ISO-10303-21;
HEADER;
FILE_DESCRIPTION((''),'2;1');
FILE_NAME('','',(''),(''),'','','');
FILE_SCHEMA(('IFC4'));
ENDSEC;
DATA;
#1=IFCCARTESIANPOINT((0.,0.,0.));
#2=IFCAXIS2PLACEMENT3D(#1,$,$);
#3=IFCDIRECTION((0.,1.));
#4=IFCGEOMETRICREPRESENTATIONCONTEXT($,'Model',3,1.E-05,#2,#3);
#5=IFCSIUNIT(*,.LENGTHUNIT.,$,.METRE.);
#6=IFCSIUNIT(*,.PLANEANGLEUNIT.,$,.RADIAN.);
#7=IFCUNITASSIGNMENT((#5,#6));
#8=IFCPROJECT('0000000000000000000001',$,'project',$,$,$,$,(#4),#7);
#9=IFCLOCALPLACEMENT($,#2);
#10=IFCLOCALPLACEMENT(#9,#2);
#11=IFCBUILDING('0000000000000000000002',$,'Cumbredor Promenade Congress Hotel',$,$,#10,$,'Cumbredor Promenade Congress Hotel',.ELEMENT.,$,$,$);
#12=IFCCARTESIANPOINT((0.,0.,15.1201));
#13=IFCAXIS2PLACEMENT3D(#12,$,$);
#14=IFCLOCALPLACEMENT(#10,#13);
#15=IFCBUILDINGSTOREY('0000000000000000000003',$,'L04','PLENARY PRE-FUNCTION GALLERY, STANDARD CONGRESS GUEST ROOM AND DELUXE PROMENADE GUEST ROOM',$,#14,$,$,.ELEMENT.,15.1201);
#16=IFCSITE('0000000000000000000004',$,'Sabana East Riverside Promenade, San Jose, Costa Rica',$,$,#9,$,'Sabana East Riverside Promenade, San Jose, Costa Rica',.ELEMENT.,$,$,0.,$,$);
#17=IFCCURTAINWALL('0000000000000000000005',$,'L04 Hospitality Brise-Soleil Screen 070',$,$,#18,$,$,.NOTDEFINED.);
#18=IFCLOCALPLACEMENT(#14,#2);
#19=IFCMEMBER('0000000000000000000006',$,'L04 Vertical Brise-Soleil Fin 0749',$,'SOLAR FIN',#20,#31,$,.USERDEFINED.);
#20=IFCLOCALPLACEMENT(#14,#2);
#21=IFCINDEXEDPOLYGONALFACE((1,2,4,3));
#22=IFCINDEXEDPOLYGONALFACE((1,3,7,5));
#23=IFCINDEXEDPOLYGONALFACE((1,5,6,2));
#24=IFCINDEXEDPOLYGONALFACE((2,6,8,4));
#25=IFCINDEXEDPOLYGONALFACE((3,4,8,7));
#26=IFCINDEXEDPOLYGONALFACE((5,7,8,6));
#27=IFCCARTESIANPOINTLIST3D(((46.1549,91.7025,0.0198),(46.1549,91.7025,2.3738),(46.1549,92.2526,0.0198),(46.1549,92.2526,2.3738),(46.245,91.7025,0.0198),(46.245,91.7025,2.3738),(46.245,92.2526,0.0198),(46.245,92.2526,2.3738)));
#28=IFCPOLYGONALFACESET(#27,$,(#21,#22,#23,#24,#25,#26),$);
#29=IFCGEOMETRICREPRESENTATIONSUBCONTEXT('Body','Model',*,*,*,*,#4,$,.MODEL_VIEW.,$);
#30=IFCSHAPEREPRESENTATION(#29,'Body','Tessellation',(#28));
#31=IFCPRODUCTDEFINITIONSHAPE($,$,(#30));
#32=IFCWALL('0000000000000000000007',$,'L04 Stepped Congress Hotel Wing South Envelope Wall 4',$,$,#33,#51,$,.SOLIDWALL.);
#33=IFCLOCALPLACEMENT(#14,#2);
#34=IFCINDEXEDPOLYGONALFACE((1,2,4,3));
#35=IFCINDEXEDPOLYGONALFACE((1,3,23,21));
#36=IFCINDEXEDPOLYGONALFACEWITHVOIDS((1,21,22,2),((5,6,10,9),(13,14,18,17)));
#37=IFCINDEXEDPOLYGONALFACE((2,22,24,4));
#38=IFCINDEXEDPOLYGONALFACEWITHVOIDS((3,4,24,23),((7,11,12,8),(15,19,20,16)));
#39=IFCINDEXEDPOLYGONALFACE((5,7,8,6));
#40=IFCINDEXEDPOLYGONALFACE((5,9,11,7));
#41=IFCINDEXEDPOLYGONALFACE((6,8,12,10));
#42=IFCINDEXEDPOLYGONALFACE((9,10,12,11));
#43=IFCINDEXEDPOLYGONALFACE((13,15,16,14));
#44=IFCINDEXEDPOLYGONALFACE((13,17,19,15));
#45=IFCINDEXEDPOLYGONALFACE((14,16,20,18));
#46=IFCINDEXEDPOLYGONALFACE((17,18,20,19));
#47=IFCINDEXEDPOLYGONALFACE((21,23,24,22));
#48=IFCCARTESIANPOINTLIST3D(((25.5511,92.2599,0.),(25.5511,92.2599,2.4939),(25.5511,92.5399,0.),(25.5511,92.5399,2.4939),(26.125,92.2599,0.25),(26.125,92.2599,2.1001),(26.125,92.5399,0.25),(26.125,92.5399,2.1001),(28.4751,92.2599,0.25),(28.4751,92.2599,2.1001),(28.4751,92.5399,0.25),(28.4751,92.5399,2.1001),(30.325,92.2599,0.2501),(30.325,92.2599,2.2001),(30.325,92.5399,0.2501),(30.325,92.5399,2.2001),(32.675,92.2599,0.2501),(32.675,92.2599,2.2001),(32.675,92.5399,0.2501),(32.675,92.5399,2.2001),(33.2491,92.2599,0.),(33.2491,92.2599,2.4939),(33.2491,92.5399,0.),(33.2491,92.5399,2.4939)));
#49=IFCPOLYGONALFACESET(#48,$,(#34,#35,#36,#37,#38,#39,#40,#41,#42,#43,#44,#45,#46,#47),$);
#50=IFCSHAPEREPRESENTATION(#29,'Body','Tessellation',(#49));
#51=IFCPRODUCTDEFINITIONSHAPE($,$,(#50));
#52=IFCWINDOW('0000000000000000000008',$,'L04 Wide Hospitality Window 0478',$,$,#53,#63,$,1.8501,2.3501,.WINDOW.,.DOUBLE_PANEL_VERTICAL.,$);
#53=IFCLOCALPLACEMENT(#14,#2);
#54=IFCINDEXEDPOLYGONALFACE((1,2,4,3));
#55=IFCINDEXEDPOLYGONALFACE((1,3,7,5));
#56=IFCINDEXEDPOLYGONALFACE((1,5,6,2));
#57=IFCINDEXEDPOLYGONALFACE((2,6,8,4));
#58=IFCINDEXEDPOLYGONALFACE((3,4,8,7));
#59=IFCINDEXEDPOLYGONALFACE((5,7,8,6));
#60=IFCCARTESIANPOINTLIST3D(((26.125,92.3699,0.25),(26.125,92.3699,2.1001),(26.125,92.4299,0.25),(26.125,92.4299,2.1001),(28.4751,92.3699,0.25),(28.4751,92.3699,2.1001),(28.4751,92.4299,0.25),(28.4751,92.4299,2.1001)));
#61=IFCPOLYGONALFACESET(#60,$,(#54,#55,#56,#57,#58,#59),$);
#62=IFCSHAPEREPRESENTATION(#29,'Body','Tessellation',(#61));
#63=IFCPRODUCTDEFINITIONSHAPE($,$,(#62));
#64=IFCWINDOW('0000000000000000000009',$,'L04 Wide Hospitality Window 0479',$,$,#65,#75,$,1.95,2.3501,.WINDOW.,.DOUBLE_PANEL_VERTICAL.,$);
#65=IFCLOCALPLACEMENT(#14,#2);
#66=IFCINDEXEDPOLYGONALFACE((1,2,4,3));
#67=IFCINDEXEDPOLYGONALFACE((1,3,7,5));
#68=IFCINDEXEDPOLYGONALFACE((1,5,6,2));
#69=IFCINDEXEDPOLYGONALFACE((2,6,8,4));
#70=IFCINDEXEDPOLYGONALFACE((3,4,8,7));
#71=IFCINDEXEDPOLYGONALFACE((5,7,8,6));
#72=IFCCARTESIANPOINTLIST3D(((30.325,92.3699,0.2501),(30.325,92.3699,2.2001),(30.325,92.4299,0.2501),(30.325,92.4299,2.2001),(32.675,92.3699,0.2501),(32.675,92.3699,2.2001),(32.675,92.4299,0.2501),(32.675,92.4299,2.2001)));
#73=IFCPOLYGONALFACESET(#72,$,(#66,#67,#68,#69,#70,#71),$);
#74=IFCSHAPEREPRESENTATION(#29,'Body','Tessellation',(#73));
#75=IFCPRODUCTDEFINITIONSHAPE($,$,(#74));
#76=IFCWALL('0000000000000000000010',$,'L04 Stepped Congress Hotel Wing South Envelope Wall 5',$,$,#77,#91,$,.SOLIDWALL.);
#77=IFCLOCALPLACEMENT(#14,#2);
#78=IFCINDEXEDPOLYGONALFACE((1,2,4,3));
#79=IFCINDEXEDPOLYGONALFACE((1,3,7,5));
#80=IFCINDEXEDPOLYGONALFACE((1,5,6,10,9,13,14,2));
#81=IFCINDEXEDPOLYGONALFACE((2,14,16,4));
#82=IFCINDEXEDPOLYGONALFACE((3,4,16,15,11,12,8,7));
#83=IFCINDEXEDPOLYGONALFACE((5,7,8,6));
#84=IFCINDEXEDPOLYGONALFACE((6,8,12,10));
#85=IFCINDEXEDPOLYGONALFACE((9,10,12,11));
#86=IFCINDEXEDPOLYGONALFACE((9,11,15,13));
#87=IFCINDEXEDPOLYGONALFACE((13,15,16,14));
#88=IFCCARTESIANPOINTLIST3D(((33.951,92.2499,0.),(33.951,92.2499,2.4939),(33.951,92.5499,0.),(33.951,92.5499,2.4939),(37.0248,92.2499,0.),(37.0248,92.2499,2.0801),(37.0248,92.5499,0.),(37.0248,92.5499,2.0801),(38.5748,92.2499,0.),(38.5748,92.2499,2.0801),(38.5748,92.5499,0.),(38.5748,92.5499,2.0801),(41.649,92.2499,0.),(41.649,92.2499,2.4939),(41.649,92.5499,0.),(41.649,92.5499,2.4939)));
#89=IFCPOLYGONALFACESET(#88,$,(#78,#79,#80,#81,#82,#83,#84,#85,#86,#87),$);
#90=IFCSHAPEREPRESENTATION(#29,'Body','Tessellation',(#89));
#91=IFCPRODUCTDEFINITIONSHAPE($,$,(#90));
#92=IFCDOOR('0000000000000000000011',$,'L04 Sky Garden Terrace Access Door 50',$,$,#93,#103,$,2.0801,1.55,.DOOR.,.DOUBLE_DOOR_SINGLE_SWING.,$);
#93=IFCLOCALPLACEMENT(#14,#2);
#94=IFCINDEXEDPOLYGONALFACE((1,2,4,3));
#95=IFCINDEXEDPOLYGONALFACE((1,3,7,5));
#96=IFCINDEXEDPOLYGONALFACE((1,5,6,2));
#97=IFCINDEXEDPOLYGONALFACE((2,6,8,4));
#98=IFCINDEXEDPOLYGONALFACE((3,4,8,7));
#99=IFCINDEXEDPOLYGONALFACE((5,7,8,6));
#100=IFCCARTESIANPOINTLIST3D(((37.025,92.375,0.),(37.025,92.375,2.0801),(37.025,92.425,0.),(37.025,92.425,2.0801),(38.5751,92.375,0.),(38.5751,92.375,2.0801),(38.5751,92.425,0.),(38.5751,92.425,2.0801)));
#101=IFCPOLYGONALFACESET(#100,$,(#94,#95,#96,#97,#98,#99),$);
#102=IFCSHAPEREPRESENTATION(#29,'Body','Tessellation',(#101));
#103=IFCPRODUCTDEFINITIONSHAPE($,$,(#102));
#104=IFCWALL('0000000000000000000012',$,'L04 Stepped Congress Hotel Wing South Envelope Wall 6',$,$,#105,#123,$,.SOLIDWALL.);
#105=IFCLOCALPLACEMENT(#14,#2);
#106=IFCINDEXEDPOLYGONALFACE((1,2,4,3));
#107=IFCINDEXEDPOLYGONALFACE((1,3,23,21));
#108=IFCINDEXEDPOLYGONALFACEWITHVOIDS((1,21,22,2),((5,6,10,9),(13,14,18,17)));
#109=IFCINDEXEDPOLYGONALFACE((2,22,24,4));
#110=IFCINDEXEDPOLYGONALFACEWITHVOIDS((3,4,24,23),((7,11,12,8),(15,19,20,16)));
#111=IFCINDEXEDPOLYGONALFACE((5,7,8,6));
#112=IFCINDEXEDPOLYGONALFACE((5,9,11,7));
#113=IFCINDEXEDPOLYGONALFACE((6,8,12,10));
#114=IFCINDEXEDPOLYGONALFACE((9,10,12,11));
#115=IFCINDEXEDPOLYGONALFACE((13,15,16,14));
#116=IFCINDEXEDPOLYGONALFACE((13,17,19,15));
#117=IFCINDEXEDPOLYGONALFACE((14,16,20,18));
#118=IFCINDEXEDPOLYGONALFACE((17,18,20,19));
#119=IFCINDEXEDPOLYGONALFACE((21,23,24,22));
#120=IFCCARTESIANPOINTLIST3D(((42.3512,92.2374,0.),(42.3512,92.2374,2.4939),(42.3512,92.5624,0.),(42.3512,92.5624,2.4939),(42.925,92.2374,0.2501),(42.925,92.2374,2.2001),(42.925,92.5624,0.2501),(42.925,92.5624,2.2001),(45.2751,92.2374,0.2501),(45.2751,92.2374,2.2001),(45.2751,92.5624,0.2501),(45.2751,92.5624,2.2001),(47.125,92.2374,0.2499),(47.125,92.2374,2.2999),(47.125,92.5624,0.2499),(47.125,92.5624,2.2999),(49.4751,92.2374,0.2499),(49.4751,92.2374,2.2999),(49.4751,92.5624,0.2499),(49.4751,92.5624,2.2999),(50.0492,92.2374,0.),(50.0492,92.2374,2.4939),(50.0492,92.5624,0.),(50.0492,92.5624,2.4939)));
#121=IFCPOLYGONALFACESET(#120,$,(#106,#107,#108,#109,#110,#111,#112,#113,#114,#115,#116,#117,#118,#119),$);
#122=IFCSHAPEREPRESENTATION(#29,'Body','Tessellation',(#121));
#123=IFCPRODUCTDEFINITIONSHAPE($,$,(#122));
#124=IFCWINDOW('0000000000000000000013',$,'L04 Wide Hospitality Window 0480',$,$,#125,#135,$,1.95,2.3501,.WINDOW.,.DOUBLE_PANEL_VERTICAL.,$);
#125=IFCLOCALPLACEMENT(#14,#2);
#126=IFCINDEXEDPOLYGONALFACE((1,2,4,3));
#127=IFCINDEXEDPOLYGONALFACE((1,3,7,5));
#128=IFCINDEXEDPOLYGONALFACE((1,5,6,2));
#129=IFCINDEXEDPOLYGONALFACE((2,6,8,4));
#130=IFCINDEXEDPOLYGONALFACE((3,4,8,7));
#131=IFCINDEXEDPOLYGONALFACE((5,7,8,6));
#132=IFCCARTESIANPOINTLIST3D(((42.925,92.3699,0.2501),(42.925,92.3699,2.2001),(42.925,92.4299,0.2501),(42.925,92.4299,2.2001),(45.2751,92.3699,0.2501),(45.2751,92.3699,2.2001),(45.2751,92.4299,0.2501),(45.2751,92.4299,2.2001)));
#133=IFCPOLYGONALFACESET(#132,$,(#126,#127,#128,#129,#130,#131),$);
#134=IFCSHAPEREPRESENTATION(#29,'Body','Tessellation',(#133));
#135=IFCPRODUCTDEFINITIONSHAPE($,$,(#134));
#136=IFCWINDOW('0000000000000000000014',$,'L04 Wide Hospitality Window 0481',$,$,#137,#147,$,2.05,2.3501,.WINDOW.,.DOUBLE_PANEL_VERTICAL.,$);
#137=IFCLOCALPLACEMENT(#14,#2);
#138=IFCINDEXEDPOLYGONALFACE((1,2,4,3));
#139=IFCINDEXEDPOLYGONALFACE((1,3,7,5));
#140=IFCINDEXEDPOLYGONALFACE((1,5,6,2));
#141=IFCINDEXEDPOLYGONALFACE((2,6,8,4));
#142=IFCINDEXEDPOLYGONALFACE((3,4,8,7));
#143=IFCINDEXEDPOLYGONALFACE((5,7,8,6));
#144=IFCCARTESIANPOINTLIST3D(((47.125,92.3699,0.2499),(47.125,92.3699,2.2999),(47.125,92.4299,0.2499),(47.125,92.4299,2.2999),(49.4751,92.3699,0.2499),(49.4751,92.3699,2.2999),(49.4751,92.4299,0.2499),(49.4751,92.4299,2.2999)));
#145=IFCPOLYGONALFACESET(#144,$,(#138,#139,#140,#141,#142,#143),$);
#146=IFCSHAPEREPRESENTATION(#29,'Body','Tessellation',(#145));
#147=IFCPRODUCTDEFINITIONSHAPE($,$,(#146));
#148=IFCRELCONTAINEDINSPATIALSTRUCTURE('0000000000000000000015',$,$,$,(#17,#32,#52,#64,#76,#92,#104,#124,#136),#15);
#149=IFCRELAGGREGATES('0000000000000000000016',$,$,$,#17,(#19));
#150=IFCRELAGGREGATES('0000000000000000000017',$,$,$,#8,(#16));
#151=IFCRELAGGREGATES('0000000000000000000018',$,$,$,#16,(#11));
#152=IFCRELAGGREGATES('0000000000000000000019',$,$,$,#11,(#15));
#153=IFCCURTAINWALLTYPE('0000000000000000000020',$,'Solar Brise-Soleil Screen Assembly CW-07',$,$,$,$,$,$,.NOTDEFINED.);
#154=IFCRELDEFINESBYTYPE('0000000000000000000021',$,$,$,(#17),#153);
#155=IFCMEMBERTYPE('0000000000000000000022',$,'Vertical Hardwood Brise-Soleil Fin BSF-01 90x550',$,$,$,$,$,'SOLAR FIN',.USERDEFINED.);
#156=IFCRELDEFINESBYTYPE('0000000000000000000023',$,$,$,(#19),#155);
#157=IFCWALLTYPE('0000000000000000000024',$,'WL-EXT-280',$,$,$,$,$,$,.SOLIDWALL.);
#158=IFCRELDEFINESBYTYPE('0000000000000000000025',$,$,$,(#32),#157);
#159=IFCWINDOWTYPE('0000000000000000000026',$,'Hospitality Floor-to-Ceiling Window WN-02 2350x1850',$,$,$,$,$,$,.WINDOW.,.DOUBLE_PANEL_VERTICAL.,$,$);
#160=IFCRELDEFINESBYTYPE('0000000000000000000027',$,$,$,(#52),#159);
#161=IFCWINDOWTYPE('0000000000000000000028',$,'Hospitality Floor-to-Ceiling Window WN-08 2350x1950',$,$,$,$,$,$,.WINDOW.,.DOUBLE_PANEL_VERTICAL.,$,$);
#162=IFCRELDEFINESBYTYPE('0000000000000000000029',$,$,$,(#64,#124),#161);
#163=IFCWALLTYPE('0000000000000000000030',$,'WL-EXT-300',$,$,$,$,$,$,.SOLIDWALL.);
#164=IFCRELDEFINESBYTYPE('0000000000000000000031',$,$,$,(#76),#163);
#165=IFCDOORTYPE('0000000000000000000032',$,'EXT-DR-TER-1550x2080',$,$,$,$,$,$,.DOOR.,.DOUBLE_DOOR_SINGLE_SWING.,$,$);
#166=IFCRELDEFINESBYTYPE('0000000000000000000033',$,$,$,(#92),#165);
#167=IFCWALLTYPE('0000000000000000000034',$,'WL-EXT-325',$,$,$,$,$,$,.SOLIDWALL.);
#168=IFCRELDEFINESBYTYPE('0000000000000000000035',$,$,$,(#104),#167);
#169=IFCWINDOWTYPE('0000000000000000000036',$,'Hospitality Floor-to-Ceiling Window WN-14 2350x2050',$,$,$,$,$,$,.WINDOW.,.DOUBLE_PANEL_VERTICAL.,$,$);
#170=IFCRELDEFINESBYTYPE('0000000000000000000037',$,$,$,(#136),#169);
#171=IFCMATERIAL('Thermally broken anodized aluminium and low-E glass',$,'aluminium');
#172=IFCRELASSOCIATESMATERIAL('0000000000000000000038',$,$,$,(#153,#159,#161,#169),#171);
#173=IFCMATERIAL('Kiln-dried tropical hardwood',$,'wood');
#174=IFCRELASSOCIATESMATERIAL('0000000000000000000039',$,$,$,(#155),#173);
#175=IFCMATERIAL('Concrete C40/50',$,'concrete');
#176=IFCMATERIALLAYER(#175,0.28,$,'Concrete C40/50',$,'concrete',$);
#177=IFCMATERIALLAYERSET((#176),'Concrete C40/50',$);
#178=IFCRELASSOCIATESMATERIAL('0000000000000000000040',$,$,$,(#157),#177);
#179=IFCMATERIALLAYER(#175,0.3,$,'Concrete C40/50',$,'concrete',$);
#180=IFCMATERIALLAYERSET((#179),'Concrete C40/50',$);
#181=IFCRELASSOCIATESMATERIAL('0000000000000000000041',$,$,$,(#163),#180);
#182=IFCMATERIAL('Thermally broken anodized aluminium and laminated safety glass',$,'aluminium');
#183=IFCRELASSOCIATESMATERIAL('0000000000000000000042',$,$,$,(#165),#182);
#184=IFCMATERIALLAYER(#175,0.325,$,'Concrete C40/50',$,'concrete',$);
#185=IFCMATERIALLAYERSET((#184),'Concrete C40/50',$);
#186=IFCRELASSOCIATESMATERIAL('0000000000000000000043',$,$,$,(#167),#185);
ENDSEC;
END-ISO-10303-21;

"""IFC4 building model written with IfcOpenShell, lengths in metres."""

from ifc_helpers import new_model, si_unit, direction, frame, frame_2d, origin, origin_2d, place, context, subcontext, project, spatial, rectangle, extrude, material, layer, layer_set, material_profile, profile_set, type_object, element, fill, aggregate, save


model = new_model("IFC4")

# Units and contexts
model_context = context("Model", 3, precision=1e-05, world=origin(), true_north=direction((0.0, 1.0)))
body_context = subcontext(model_context, "Body", "Model", "MODEL_VIEW")
ifc_project = project(units=[si_unit("LENGTHUNIT", "METRE"), si_unit("PLANEANGLEUNIT", "RADIAN")], contexts=[model_context])

# Site, building, storey
site_placement = place(None, origin())
site = spatial("IfcSite", under=ifc_project, at=site_placement, Name="Sabana East Riverside Promenade, San Jose, Costa Rica", LongName="Sabana East Riverside Promenade, San Jose, Costa Rica", CompositionType="ELEMENT", RefElevation=0.0)
building_placement = place(site_placement, origin())
building = spatial("IfcBuilding", under=site, at=building_placement, Name="Cumbredor Promenade Congress Hotel", LongName="Cumbredor Promenade Congress Hotel", CompositionType="ELEMENT")
storey_placement = place(building_placement, frame((0.0, 0.0, 15.1201)))
storey = spatial("IfcBuildingStorey", under=building, at=storey_placement, Name="L04", Description="PLENARY PRE-FUNCTION GALLERY, STANDARD CONGRESS GUEST ROOM AND DELUXE PROMENADE GUEST ROOM", CompositionType="ELEMENT", Elevation=15.1201)

# Shared definitions
ifc_material_1 = material(Name="Concrete C40/50", Category="concrete")

# Curtain wall
ifc_material_2 = material(Name="Thermally broken anodized aluminium and low-E glass", Category="aluminium")
curtain_wall_type = type_object("IfcCurtainWallType", Name="Solar Brise-Soleil Screen Assembly CW-07", PredefinedType="NOTDEFINED", material=ifc_material_2)
curtain_wall_1_placement = place(storey_placement, origin())
curtain_wall_1 = element("IfcCurtainWall", 1, at=curtain_wall_1_placement, inside=storey, type_object=curtain_wall_type, Name="L04 Hospitality Brise-Soleil Screen 070", PredefinedType="NOTDEFINED")

# Member
ifc_material_3 = material(Name="Kiln-dried tropical hardwood", Category="wood")
ifc_material_profile_1 = material_profile(ifc_material_3, rectangle(XDim=0.0901, YDim=0.55, at=origin_2d()), Name="ARCH FIN 90x550")
ifc_profile_set_1 = profile_set([ifc_material_profile_1], Name="Kiln-dried tropical hardwood")
member_type_1 = type_object("IfcMemberType", Name="Vertical Hardwood Brise-Soleil Fin BSF-01 90x550", ElementType="SOLAR FIN", PredefinedType="USERDEFINED", material=ifc_profile_set_1)
member_1_placement = place(storey_placement, frame((46.2, 91.9775, 0.0198), z_axis=(0.0, 0.0, 1.0), x_axis=(1.0, 0.0, 0.0)))
member_1 = element("IfcMember", 2, at=member_1_placement, type_object=member_type_1, Name="L04 Vertical Brise-Soleil Fin 0749", ObjectType="SOLAR FIN", PredefinedType="USERDEFINED", context=body_context, shape_type="SweptSolid", body=[
    extrude(rectangle(XDim=0.0901, YDim=0.55, at=origin_2d()), origin(), (0.0, 0.0, 1.0), 2.354),
])
aggregate(curtain_wall_1, [member_1])

# Wall, openings, windows
ifc_layer_1 = layer(ifc_material_1, 0.28, Name="Concrete C40/50", Category="concrete")
ifc_layer_set_1 = layer_set([ifc_layer_1], Name="Concrete C40/50")
wall_type_1 = type_object("IfcWallType", Name="WL-EXT-280", PredefinedType="SOLIDWALL", material=ifc_layer_set_1)
wall_1_placement = place(storey_placement, frame((25.551, 92.3999, 0.0), z_axis=(0.0, 0.0, 1.0), x_axis=(1.0, 0.0, 0.0)))
wall_1 = element("IfcWall", 3, at=wall_1_placement, inside=storey, type_object=wall_type_1, Name="L04 Stepped Congress Hotel Wing South Envelope Wall 4", PredefinedType="SOLIDWALL", context=body_context, shape_type="SweptSolid", body=[
    extrude(rectangle(XDim=7.698, YDim=0.28, at=frame_2d((3.8491, 0.0))), origin(), (0.0, 0.0, 1.0), 2.4939),
])
opening_1_placement = place(wall_1_placement, frame((0.574, 0.0, 0.25)))
opening_1 = element("IfcOpeningElement", 4, at=opening_1_placement, cuts=wall_1, PredefinedType="OPENING", context=body_context, shape_type="SweptSolid", body=[
    extrude(rectangle(XDim=2.3501, YDim=1.8501, at=frame_2d((1.175, 0.925))), frame((0.0, 0.1499, 0.0), z_axis=(0.0, -1.0, 0.0), x_axis=(1.0, 0.0, 0.0)), (0.0, 0.0, 1.0), 0.3),
])
opening_2_placement = place(wall_1_placement, frame((4.7739, 0.0, 0.25)))
opening_2 = element("IfcOpeningElement", 5, at=opening_2_placement, cuts=wall_1, PredefinedType="OPENING", context=body_context, shape_type="SweptSolid", body=[
    extrude(rectangle(XDim=2.3501, YDim=1.95, at=frame_2d((1.175, 0.9751))), frame((0.0, 0.1499, 0.0), z_axis=(0.0, -1.0, 0.0), x_axis=(1.0, 0.0, 0.0)), (0.0, 0.0, 1.0), 0.3),
])
window_type_1 = type_object("IfcWindowType", Name="Hospitality Floor-to-Ceiling Window WN-02 2350x1850", PartitioningType="DOUBLE_PANEL_VERTICAL", PredefinedType="WINDOW", material=ifc_material_2)
window_1_placement = place(opening_1_placement, origin())
window_1 = element("IfcWindow", 6, at=window_1_placement, inside=storey, type_object=window_type_1, Name="L04 Wide Hospitality Window 0478", OverallHeight=1.8501, OverallWidth=2.3501, PartitioningType="DOUBLE_PANEL_VERTICAL", PredefinedType="WINDOW", context=body_context, shape_type="SweptSolid", body=[
    extrude(rectangle(XDim=2.3501, YDim=1.8501, at=frame_2d((1.175, 0.925))), frame((0.0, 0.03, 0.0), z_axis=(0.0, -1.0, 0.0), x_axis=(1.0, 0.0, 0.0)), (0.0, 0.0, 1.0), 0.0601),
])
fill(opening_1, window_1)
window_type_2 = type_object("IfcWindowType", Name="Hospitality Floor-to-Ceiling Window WN-08 2350x1950", PartitioningType="DOUBLE_PANEL_VERTICAL", PredefinedType="WINDOW", material=ifc_material_2)
window_2_placement = place(opening_2_placement, origin())
window_2 = element("IfcWindow", 7, at=window_2_placement, inside=storey, type_object=window_type_2, Name="L04 Wide Hospitality Window 0479", OverallHeight=1.95, OverallWidth=2.3501, PartitioningType="DOUBLE_PANEL_VERTICAL", PredefinedType="WINDOW", context=body_context, shape_type="SweptSolid", body=[
    extrude(rectangle(XDim=2.3501, YDim=1.95, at=frame_2d((1.175, 0.9751))), frame((0.0, 0.03, 0.0), z_axis=(0.0, -1.0, 0.0), x_axis=(1.0, 0.0, 0.0)), (0.0, 0.0, 1.0), 0.0601),
])
fill(opening_2, window_2)

# Wall, opening, door
ifc_layer_2 = layer(ifc_material_1, 0.3, Name="Concrete C40/50", Category="concrete")
ifc_layer_set_2 = layer_set([ifc_layer_2], Name="Concrete C40/50")
wall_type_2 = type_object("IfcWallType", Name="WL-EXT-300", PredefinedType="SOLIDWALL", material=ifc_layer_set_2)
wall_2_placement = place(storey_placement, frame((33.9509, 92.3999, 0.0), z_axis=(0.0, 0.0, 1.0), x_axis=(1.0, 0.0, 0.0)))
wall_2 = element("IfcWall", 8, at=wall_2_placement, inside=storey, type_object=wall_type_2, Name="L04 Stepped Congress Hotel Wing South Envelope Wall 5", PredefinedType="SOLIDWALL", context=body_context, shape_type="SweptSolid", body=[
    extrude(rectangle(XDim=7.698, YDim=0.3, at=frame_2d((3.8491, 0.0))), origin(), (0.0, 0.0, 1.0), 2.4939),
])
opening_3_placement = place(wall_2_placement, frame((3.074, 0.0, 0.0)))
opening_3 = element("IfcOpeningElement", 9, at=opening_3_placement, cuts=wall_2, PredefinedType="OPENING", context=body_context, shape_type="SweptSolid", body=[
    extrude(rectangle(XDim=1.55, YDim=2.0801, at=frame_2d((0.7749, 1.04))), frame((0.0, 0.1602, 0.0), z_axis=(0.0, -1.0, 0.0), x_axis=(1.0, 0.0, 0.0)), (0.0, 0.0, 1.0), 0.3201),
])
ifc_material_4 = material(Name="Thermally broken anodized aluminium and laminated safety glass", Category="aluminium")
door_type = type_object("IfcDoorType", Name="EXT-DR-TER-1550x2080", OperationType="DOUBLE_DOOR_SINGLE_SWING", PredefinedType="DOOR", material=ifc_material_4)
door_placement = place(opening_3_placement, frame((1.55, 0.0, 0.0), z_axis=(0.0, 0.0, 1.0), x_axis=(-1.0, 0.0, 0.0)))
door = element("IfcDoor", 10, at=door_placement, inside=storey, type_object=door_type, Name="L04 Sky Garden Terrace Access Door 50", OperationType="DOUBLE_DOOR_SINGLE_SWING", OverallHeight=2.0801, OverallWidth=1.55, PredefinedType="DOOR", context=body_context, shape_type="SweptSolid", body=[
    extrude(rectangle(XDim=1.55, YDim=2.0801, at=frame_2d((0.7749, 1.04))), frame((0.0, 0.0249, 0.0), z_axis=(0.0, -1.0, 0.0), x_axis=(1.0, 0.0, 0.0)), (0.0, 0.0, 1.0), 0.05),
])
fill(opening_3, door)

# Wall, openings, windows
ifc_layer_3 = layer(ifc_material_1, 0.325, Name="Concrete C40/50", Category="concrete")
ifc_layer_set_3 = layer_set([ifc_layer_3], Name="Concrete C40/50")
wall_type_3 = type_object("IfcWallType", Name="WL-EXT-325", PredefinedType="SOLIDWALL", material=ifc_layer_set_3)
wall_3_placement = place(storey_placement, frame((42.3511, 92.3999, 0.0), z_axis=(0.0, 0.0, 1.0), x_axis=(1.0, 0.0, 0.0)))
wall_3 = element("IfcWall", 11, at=wall_3_placement, inside=storey, type_object=wall_type_3, Name="L04 Stepped Congress Hotel Wing South Envelope Wall 6", PredefinedType="SOLIDWALL", context=body_context, shape_type="SweptSolid", body=[
    extrude(rectangle(XDim=7.698, YDim=0.325, at=frame_2d((3.8491, 0.0))), origin(), (0.0, 0.0, 1.0), 2.4939),
])
opening_4_placement = place(wall_3_placement, frame((0.574, 0.0, 0.25)))
opening_4 = element("IfcOpeningElement", 12, at=opening_4_placement, cuts=wall_3, PredefinedType="OPENING", context=body_context, shape_type="SweptSolid", body=[
    extrude(rectangle(XDim=2.3501, YDim=1.95, at=frame_2d((1.175, 0.9751))), frame((0.0, 0.1724, 0.0), z_axis=(0.0, -1.0, 0.0), x_axis=(1.0, 0.0, 0.0)), (0.0, 0.0, 1.0), 0.345),
])
opening_5_placement = place(wall_3_placement, frame((4.7739, 0.0, 0.25)))
opening_5 = element("IfcOpeningElement", 13, at=opening_5_placement, cuts=wall_3, PredefinedType="OPENING", context=body_context, shape_type="SweptSolid", body=[
    extrude(rectangle(XDim=2.3501, YDim=2.05, at=frame_2d((1.175, 1.0249))), frame((0.0, 0.1724, 0.0), z_axis=(0.0, -1.0, 0.0), x_axis=(1.0, 0.0, 0.0)), (0.0, 0.0, 1.0), 0.345),
])
window_3_placement = place(opening_4_placement, origin())
window_3 = element("IfcWindow", 14, at=window_3_placement, inside=storey, type_object=window_type_2, Name="L04 Wide Hospitality Window 0480", OverallHeight=1.95, OverallWidth=2.3501, PartitioningType="DOUBLE_PANEL_VERTICAL", PredefinedType="WINDOW", context=body_context, shape_type="SweptSolid", body=[
    extrude(rectangle(XDim=2.3501, YDim=1.95, at=frame_2d((1.175, 0.9751))), frame((0.0, 0.03, 0.0), z_axis=(0.0, -1.0, 0.0), x_axis=(1.0, 0.0, 0.0)), (0.0, 0.0, 1.0), 0.0601),
])
fill(opening_4, window_3)
window_type_3 = type_object("IfcWindowType", Name="Hospitality Floor-to-Ceiling Window WN-14 2350x2050", PartitioningType="DOUBLE_PANEL_VERTICAL", PredefinedType="WINDOW", material=ifc_material_2)
window_4_placement = place(opening_5_placement, origin())
window_4 = element("IfcWindow", 15, at=window_4_placement, inside=storey, type_object=window_type_3, Name="L04 Wide Hospitality Window 0481", OverallHeight=2.05, OverallWidth=2.3501, PartitioningType="DOUBLE_PANEL_VERTICAL", PredefinedType="WINDOW", context=body_context, shape_type="SweptSolid", body=[
    extrude(rectangle(XDim=2.3501, YDim=2.05, at=frame_2d((1.175, 1.0249))), frame((0.0, 0.03, 0.0), z_axis=(0.0, -1.0, 0.0), x_axis=(1.0, 0.0, 0.0)), (0.0, 0.0, 1.0), 0.0601),
])
fill(opening_5, window_4)

save(model, "model.ifc")
